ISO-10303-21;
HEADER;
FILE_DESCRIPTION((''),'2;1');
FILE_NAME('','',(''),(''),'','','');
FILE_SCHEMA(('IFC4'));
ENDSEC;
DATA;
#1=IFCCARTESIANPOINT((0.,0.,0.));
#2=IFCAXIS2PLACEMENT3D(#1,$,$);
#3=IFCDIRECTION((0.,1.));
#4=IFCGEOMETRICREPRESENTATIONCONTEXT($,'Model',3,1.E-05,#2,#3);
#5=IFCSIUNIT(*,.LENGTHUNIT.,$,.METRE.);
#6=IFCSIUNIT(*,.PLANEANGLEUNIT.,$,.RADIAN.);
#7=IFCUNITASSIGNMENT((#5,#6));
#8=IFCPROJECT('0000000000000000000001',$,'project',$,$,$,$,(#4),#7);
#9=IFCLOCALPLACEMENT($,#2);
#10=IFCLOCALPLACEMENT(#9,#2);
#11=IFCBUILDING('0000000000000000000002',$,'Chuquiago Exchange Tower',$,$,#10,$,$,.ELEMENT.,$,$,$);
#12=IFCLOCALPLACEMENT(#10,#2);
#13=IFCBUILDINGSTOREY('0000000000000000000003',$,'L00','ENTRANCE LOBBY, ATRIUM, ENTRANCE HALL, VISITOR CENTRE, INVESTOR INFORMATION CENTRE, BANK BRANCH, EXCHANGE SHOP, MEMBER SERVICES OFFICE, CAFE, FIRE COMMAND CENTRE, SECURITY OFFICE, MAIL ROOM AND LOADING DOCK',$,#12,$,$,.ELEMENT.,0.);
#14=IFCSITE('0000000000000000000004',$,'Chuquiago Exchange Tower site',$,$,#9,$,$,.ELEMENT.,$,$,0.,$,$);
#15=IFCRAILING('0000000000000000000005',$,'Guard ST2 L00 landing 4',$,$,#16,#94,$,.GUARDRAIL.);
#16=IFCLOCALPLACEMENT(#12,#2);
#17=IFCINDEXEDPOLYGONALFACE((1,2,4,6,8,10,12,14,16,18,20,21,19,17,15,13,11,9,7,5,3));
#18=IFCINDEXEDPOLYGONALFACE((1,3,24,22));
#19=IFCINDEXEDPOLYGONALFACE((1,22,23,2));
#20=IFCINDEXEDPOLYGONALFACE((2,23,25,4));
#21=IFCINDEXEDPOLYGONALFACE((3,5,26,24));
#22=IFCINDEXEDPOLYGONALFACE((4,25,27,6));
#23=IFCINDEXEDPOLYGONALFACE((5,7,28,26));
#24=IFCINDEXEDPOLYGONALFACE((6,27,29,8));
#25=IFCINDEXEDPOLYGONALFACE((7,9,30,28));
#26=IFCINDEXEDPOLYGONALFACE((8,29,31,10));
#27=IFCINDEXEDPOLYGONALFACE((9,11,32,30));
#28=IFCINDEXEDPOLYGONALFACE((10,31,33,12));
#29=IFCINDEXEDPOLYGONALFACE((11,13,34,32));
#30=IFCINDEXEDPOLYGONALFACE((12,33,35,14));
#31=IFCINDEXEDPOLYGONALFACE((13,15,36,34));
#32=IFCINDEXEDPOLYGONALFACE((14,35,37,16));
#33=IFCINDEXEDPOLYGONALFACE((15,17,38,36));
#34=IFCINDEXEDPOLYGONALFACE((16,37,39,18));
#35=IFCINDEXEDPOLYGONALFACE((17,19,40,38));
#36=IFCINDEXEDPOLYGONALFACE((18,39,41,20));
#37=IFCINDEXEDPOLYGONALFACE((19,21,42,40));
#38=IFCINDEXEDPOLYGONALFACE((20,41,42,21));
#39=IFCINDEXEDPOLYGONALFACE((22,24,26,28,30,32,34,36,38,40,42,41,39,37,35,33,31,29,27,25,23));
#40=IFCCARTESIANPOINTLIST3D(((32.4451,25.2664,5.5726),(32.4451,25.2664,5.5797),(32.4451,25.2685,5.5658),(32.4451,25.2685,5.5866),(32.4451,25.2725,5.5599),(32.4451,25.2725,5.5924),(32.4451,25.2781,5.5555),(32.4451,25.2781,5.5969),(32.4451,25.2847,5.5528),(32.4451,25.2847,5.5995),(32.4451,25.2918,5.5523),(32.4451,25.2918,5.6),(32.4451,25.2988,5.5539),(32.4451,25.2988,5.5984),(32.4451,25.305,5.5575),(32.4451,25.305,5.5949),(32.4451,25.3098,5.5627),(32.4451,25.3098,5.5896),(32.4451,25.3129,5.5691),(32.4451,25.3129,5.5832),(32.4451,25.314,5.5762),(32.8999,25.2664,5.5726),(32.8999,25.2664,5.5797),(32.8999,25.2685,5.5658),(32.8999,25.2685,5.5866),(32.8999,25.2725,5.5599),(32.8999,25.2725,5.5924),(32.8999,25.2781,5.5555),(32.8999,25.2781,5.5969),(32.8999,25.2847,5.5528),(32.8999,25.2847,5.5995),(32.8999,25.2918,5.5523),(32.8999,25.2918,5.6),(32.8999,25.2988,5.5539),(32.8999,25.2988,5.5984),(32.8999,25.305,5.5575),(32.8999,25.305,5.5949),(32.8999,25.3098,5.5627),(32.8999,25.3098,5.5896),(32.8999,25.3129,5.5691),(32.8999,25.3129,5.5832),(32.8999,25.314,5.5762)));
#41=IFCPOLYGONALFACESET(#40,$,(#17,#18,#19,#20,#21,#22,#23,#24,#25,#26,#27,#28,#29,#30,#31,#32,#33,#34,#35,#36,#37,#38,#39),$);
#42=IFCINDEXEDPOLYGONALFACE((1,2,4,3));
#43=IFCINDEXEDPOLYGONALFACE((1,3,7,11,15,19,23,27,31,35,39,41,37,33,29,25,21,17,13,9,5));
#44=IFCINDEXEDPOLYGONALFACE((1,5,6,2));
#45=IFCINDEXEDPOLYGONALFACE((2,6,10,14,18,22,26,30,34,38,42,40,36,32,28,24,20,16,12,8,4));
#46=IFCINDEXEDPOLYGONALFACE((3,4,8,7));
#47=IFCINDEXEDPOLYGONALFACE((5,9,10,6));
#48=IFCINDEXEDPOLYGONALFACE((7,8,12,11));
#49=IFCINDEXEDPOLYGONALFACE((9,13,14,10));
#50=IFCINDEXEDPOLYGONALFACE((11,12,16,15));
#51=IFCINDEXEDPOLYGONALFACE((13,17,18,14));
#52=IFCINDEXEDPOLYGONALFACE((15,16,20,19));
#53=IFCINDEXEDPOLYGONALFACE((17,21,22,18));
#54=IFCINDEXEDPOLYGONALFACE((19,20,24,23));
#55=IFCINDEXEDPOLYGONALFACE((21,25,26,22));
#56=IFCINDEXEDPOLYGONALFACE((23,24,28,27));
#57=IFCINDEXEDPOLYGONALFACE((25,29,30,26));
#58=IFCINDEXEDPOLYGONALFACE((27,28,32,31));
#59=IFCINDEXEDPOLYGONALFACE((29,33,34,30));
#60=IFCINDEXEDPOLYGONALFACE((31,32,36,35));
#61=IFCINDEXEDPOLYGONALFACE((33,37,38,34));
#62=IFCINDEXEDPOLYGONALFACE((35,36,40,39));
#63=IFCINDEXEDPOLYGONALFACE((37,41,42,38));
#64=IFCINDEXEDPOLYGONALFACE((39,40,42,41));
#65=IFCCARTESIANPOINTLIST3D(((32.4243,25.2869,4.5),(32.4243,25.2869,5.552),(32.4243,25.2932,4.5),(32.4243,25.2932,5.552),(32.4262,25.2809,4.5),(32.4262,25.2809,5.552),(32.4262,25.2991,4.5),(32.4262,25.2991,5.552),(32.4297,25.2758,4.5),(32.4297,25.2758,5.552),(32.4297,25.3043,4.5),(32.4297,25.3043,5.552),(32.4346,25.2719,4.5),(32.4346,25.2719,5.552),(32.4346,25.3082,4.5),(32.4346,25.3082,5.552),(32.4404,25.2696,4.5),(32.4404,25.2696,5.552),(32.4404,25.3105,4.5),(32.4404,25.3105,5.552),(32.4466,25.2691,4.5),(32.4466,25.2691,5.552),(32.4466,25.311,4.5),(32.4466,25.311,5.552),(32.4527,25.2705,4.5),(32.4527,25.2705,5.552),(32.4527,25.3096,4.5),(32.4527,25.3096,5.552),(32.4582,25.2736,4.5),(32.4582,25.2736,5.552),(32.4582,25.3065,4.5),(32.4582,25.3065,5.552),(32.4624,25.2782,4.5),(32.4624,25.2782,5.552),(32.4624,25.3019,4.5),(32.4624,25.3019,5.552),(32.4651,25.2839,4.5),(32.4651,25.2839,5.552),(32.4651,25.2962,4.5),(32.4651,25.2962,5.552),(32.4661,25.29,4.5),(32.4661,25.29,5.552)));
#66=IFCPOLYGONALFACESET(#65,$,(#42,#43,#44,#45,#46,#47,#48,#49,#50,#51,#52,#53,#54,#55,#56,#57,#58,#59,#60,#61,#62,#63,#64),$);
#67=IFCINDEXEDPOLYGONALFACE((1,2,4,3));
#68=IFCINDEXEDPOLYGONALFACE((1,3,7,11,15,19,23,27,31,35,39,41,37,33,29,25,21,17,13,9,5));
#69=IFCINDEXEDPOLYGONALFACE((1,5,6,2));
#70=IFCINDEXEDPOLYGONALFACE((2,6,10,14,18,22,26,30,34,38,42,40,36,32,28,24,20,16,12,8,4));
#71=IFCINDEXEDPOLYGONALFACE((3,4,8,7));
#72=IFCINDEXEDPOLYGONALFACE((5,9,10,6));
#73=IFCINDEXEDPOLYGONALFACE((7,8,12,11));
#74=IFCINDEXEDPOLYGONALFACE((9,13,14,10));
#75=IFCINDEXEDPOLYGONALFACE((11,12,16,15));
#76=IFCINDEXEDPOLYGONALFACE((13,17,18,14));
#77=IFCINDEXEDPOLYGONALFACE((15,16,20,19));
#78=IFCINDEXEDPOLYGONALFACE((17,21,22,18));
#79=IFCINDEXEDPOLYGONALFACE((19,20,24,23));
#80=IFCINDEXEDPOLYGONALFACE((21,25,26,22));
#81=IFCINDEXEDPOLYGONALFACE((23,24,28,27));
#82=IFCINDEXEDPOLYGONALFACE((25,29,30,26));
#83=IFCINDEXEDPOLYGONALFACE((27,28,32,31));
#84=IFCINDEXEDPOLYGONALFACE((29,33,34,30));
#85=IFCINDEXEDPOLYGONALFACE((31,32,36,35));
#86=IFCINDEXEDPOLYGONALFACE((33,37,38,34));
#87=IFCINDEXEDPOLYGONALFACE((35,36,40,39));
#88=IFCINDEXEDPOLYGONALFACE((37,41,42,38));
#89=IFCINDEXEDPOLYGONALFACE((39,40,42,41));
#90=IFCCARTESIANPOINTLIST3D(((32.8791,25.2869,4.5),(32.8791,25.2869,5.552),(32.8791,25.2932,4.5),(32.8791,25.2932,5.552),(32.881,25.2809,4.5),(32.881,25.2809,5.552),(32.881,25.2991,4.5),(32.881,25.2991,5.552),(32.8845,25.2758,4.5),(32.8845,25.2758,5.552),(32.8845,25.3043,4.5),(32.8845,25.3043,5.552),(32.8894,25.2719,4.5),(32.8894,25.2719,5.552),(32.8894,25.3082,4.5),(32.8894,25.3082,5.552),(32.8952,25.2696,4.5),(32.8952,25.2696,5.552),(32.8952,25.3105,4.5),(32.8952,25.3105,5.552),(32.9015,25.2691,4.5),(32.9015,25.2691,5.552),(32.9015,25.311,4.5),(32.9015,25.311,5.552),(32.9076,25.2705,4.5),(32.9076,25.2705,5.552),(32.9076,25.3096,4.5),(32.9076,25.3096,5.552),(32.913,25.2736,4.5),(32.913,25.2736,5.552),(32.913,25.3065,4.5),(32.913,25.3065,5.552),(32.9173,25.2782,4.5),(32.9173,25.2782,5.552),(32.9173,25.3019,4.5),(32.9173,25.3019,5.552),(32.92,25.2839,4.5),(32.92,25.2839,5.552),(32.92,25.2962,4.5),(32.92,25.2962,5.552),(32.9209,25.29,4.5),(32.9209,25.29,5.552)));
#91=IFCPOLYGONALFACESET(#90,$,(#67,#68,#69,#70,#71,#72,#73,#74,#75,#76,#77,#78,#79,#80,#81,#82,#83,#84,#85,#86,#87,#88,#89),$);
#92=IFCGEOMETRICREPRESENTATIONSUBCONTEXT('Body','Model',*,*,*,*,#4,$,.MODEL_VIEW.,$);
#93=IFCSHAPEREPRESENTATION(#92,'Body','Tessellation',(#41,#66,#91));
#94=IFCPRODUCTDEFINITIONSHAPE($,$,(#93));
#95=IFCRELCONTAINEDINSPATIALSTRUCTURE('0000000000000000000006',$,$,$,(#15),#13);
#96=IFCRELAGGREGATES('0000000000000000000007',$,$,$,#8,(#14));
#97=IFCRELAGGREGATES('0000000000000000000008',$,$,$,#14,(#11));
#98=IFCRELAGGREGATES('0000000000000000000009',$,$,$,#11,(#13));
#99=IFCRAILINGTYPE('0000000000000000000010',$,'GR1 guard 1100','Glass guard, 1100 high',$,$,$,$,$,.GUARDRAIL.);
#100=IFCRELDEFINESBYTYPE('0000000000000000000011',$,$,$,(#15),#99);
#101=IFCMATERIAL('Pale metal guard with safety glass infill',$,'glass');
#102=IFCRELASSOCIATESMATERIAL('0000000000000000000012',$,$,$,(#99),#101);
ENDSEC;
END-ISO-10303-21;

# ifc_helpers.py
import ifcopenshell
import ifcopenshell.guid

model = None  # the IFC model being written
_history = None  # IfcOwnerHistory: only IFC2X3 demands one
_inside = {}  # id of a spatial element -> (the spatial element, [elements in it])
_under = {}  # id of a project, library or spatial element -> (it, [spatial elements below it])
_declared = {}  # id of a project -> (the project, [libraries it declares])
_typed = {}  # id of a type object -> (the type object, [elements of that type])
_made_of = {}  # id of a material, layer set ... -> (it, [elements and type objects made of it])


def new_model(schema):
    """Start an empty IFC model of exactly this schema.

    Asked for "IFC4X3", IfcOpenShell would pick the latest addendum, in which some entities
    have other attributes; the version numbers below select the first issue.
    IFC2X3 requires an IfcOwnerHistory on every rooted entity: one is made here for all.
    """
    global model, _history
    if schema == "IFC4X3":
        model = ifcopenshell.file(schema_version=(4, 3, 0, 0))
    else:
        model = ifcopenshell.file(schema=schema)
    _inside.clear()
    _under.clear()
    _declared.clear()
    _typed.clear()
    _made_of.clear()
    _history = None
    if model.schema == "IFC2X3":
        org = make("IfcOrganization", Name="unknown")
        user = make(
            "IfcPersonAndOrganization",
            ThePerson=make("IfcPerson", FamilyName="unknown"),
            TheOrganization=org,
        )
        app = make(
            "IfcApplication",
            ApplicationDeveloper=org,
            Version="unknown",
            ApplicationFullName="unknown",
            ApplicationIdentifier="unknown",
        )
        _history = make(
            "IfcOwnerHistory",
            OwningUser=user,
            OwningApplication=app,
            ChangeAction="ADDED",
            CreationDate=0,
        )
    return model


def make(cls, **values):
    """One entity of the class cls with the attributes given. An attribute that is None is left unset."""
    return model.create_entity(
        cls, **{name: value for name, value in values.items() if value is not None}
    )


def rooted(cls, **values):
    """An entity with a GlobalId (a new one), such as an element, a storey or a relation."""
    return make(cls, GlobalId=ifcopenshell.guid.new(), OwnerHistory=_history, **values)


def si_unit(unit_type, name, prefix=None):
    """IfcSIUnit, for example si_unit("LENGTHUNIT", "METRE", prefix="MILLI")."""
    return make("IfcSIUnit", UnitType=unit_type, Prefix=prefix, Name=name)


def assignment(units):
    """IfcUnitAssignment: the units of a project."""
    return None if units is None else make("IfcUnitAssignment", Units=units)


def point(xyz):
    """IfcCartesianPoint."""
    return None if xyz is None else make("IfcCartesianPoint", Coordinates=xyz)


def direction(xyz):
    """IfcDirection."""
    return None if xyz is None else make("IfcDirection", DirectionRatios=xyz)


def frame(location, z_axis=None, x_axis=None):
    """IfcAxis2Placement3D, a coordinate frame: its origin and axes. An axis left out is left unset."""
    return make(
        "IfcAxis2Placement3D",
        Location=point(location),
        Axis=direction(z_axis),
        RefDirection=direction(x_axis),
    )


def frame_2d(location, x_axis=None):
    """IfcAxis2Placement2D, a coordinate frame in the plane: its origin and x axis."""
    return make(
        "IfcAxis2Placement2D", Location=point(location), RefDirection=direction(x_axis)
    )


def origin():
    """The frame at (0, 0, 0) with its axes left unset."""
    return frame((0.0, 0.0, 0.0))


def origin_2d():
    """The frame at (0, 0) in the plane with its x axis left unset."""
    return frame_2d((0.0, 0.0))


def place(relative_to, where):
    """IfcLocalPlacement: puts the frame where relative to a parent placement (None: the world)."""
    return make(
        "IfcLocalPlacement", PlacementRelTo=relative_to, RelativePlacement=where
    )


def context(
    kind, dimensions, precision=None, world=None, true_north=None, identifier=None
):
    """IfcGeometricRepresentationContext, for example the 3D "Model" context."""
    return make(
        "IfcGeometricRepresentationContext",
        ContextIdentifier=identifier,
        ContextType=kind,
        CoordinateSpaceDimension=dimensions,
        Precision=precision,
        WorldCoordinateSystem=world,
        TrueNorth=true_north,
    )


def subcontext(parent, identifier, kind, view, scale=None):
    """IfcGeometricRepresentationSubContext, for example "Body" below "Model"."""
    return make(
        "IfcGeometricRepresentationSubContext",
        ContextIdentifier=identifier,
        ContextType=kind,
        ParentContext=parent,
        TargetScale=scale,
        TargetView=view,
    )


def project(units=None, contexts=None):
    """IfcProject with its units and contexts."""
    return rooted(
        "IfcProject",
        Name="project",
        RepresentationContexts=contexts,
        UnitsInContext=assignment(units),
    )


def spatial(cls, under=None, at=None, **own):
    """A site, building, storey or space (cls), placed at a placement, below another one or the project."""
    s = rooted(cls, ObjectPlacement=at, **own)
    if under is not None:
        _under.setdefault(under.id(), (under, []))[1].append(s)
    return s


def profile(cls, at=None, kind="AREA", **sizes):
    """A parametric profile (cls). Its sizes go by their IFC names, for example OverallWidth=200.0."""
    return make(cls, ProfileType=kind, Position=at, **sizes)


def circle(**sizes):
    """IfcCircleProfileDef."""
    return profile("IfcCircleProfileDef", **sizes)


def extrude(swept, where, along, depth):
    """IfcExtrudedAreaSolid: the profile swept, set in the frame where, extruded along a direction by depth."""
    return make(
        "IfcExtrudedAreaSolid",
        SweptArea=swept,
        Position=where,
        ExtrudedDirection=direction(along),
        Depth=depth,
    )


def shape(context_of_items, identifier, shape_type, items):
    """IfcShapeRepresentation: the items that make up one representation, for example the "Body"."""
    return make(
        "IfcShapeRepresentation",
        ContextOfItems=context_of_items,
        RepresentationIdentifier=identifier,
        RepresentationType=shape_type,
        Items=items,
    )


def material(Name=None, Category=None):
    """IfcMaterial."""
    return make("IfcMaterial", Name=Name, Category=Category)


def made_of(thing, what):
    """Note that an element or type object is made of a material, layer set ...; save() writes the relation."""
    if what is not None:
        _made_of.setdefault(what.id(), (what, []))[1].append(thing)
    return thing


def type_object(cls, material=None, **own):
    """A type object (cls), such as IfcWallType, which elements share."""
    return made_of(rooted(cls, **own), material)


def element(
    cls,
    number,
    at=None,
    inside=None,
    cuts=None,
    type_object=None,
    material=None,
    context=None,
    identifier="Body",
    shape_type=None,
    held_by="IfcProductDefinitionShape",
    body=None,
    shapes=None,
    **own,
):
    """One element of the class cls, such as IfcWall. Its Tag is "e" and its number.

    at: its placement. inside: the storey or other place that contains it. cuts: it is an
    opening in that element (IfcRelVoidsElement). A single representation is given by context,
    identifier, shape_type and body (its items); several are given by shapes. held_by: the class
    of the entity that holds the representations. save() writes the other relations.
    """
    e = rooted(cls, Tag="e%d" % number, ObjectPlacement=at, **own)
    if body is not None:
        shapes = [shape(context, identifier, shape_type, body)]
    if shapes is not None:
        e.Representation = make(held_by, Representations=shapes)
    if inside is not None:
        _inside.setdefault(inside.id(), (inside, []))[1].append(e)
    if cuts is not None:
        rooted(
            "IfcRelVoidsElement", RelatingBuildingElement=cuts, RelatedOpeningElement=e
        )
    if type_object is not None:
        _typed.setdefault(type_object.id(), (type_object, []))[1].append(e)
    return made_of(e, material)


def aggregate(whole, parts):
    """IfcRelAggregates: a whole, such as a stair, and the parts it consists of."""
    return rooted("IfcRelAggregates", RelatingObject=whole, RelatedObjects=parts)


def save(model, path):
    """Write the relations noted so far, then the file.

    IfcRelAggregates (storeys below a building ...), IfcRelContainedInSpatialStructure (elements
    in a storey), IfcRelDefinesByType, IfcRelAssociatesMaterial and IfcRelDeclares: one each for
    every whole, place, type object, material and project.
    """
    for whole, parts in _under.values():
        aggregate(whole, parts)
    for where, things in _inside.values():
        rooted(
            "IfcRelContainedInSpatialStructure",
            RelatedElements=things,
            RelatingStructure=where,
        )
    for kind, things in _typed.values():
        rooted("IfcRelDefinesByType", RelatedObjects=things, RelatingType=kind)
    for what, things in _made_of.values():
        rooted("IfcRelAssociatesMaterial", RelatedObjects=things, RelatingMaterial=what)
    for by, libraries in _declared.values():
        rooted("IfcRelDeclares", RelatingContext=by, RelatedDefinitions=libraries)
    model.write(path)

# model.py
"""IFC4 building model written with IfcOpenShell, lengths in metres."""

from ifc_helpers import new_model, si_unit, direction, frame, origin, origin_2d, place, context, subcontext, project, spatial, circle, extrude, material, type_object, element, save


model = new_model("IFC4")

# Units and contexts
model_context = context("Model", 3, precision=1e-05, world=origin(), true_north=direction((0.0, 1.0)))
body_context = subcontext(model_context, "Body", "Model", "MODEL_VIEW")
ifc_project = project(units=[si_unit("LENGTHUNIT", "METRE"), si_unit("PLANEANGLEUNIT", "RADIAN")], contexts=[model_context])

# Site, building, storey
site_placement = place(None, origin())
site = spatial("IfcSite", under=ifc_project, at=site_placement, Name="Chuquiago Exchange Tower site", CompositionType="ELEMENT", RefElevation=0.0)
building_placement = place(site_placement, origin())
building = spatial("IfcBuilding", under=site, at=building_placement, Name="Chuquiago Exchange Tower", CompositionType="ELEMENT")
storey_placement = place(building_placement, origin())
storey = spatial("IfcBuildingStorey", under=building, at=storey_placement, Name="L00", Description="ENTRANCE LOBBY, ATRIUM, ENTRANCE HALL, VISITOR CENTRE, INVESTOR INFORMATION CENTRE, BANK BRANCH, EXCHANGE SHOP, MEMBER SERVICES OFFICE, CAFE, FIRE COMMAND CENTRE, SECURITY OFFICE, MAIL ROOM AND LOADING DOCK", CompositionType="ELEMENT", Elevation=0.0)

# Railing
ifc_material_1 = material(Name="Pale metal guard with safety glass infill", Category="glass")
railing_type_1 = type_object("IfcRailingType", Name="GR1 guard 1100", Description="Glass guard, 1100 high", PredefinedType="GUARDRAIL", material=ifc_material_1)
for number, where, name in (
    (1, (32.4451, 25.29, 4.5), "Guard ST2 L00 landing 4"),
):
    element("IfcRailing", number, at=place(storey_placement, frame(where)), inside=storey, type_object=railing_type_1, Name=name, PredefinedType="GUARDRAIL", context=body_context, shape_type="SweptSolid", body=[
        extrude(circle(Radius=0.0239, at=origin_2d()), frame((0.0, 0.0, 1.0762), z_axis=(1.0, 0.0, 0.0), x_axis=(0.0, 1.0, 0.0)), (0.0, 0.0, 1.0), 0.4548),
        extrude(circle(Radius=0.021, at=origin_2d()), origin(), (0.0, 0.0, 1.0), 1.052),
        extrude(circle(Radius=0.021, at=origin_2d()), frame((0.4548, 0.0, 0.0)), (0.0, 0.0, 1.0), 1.052),
    ])

save(model, "model.ifc")
